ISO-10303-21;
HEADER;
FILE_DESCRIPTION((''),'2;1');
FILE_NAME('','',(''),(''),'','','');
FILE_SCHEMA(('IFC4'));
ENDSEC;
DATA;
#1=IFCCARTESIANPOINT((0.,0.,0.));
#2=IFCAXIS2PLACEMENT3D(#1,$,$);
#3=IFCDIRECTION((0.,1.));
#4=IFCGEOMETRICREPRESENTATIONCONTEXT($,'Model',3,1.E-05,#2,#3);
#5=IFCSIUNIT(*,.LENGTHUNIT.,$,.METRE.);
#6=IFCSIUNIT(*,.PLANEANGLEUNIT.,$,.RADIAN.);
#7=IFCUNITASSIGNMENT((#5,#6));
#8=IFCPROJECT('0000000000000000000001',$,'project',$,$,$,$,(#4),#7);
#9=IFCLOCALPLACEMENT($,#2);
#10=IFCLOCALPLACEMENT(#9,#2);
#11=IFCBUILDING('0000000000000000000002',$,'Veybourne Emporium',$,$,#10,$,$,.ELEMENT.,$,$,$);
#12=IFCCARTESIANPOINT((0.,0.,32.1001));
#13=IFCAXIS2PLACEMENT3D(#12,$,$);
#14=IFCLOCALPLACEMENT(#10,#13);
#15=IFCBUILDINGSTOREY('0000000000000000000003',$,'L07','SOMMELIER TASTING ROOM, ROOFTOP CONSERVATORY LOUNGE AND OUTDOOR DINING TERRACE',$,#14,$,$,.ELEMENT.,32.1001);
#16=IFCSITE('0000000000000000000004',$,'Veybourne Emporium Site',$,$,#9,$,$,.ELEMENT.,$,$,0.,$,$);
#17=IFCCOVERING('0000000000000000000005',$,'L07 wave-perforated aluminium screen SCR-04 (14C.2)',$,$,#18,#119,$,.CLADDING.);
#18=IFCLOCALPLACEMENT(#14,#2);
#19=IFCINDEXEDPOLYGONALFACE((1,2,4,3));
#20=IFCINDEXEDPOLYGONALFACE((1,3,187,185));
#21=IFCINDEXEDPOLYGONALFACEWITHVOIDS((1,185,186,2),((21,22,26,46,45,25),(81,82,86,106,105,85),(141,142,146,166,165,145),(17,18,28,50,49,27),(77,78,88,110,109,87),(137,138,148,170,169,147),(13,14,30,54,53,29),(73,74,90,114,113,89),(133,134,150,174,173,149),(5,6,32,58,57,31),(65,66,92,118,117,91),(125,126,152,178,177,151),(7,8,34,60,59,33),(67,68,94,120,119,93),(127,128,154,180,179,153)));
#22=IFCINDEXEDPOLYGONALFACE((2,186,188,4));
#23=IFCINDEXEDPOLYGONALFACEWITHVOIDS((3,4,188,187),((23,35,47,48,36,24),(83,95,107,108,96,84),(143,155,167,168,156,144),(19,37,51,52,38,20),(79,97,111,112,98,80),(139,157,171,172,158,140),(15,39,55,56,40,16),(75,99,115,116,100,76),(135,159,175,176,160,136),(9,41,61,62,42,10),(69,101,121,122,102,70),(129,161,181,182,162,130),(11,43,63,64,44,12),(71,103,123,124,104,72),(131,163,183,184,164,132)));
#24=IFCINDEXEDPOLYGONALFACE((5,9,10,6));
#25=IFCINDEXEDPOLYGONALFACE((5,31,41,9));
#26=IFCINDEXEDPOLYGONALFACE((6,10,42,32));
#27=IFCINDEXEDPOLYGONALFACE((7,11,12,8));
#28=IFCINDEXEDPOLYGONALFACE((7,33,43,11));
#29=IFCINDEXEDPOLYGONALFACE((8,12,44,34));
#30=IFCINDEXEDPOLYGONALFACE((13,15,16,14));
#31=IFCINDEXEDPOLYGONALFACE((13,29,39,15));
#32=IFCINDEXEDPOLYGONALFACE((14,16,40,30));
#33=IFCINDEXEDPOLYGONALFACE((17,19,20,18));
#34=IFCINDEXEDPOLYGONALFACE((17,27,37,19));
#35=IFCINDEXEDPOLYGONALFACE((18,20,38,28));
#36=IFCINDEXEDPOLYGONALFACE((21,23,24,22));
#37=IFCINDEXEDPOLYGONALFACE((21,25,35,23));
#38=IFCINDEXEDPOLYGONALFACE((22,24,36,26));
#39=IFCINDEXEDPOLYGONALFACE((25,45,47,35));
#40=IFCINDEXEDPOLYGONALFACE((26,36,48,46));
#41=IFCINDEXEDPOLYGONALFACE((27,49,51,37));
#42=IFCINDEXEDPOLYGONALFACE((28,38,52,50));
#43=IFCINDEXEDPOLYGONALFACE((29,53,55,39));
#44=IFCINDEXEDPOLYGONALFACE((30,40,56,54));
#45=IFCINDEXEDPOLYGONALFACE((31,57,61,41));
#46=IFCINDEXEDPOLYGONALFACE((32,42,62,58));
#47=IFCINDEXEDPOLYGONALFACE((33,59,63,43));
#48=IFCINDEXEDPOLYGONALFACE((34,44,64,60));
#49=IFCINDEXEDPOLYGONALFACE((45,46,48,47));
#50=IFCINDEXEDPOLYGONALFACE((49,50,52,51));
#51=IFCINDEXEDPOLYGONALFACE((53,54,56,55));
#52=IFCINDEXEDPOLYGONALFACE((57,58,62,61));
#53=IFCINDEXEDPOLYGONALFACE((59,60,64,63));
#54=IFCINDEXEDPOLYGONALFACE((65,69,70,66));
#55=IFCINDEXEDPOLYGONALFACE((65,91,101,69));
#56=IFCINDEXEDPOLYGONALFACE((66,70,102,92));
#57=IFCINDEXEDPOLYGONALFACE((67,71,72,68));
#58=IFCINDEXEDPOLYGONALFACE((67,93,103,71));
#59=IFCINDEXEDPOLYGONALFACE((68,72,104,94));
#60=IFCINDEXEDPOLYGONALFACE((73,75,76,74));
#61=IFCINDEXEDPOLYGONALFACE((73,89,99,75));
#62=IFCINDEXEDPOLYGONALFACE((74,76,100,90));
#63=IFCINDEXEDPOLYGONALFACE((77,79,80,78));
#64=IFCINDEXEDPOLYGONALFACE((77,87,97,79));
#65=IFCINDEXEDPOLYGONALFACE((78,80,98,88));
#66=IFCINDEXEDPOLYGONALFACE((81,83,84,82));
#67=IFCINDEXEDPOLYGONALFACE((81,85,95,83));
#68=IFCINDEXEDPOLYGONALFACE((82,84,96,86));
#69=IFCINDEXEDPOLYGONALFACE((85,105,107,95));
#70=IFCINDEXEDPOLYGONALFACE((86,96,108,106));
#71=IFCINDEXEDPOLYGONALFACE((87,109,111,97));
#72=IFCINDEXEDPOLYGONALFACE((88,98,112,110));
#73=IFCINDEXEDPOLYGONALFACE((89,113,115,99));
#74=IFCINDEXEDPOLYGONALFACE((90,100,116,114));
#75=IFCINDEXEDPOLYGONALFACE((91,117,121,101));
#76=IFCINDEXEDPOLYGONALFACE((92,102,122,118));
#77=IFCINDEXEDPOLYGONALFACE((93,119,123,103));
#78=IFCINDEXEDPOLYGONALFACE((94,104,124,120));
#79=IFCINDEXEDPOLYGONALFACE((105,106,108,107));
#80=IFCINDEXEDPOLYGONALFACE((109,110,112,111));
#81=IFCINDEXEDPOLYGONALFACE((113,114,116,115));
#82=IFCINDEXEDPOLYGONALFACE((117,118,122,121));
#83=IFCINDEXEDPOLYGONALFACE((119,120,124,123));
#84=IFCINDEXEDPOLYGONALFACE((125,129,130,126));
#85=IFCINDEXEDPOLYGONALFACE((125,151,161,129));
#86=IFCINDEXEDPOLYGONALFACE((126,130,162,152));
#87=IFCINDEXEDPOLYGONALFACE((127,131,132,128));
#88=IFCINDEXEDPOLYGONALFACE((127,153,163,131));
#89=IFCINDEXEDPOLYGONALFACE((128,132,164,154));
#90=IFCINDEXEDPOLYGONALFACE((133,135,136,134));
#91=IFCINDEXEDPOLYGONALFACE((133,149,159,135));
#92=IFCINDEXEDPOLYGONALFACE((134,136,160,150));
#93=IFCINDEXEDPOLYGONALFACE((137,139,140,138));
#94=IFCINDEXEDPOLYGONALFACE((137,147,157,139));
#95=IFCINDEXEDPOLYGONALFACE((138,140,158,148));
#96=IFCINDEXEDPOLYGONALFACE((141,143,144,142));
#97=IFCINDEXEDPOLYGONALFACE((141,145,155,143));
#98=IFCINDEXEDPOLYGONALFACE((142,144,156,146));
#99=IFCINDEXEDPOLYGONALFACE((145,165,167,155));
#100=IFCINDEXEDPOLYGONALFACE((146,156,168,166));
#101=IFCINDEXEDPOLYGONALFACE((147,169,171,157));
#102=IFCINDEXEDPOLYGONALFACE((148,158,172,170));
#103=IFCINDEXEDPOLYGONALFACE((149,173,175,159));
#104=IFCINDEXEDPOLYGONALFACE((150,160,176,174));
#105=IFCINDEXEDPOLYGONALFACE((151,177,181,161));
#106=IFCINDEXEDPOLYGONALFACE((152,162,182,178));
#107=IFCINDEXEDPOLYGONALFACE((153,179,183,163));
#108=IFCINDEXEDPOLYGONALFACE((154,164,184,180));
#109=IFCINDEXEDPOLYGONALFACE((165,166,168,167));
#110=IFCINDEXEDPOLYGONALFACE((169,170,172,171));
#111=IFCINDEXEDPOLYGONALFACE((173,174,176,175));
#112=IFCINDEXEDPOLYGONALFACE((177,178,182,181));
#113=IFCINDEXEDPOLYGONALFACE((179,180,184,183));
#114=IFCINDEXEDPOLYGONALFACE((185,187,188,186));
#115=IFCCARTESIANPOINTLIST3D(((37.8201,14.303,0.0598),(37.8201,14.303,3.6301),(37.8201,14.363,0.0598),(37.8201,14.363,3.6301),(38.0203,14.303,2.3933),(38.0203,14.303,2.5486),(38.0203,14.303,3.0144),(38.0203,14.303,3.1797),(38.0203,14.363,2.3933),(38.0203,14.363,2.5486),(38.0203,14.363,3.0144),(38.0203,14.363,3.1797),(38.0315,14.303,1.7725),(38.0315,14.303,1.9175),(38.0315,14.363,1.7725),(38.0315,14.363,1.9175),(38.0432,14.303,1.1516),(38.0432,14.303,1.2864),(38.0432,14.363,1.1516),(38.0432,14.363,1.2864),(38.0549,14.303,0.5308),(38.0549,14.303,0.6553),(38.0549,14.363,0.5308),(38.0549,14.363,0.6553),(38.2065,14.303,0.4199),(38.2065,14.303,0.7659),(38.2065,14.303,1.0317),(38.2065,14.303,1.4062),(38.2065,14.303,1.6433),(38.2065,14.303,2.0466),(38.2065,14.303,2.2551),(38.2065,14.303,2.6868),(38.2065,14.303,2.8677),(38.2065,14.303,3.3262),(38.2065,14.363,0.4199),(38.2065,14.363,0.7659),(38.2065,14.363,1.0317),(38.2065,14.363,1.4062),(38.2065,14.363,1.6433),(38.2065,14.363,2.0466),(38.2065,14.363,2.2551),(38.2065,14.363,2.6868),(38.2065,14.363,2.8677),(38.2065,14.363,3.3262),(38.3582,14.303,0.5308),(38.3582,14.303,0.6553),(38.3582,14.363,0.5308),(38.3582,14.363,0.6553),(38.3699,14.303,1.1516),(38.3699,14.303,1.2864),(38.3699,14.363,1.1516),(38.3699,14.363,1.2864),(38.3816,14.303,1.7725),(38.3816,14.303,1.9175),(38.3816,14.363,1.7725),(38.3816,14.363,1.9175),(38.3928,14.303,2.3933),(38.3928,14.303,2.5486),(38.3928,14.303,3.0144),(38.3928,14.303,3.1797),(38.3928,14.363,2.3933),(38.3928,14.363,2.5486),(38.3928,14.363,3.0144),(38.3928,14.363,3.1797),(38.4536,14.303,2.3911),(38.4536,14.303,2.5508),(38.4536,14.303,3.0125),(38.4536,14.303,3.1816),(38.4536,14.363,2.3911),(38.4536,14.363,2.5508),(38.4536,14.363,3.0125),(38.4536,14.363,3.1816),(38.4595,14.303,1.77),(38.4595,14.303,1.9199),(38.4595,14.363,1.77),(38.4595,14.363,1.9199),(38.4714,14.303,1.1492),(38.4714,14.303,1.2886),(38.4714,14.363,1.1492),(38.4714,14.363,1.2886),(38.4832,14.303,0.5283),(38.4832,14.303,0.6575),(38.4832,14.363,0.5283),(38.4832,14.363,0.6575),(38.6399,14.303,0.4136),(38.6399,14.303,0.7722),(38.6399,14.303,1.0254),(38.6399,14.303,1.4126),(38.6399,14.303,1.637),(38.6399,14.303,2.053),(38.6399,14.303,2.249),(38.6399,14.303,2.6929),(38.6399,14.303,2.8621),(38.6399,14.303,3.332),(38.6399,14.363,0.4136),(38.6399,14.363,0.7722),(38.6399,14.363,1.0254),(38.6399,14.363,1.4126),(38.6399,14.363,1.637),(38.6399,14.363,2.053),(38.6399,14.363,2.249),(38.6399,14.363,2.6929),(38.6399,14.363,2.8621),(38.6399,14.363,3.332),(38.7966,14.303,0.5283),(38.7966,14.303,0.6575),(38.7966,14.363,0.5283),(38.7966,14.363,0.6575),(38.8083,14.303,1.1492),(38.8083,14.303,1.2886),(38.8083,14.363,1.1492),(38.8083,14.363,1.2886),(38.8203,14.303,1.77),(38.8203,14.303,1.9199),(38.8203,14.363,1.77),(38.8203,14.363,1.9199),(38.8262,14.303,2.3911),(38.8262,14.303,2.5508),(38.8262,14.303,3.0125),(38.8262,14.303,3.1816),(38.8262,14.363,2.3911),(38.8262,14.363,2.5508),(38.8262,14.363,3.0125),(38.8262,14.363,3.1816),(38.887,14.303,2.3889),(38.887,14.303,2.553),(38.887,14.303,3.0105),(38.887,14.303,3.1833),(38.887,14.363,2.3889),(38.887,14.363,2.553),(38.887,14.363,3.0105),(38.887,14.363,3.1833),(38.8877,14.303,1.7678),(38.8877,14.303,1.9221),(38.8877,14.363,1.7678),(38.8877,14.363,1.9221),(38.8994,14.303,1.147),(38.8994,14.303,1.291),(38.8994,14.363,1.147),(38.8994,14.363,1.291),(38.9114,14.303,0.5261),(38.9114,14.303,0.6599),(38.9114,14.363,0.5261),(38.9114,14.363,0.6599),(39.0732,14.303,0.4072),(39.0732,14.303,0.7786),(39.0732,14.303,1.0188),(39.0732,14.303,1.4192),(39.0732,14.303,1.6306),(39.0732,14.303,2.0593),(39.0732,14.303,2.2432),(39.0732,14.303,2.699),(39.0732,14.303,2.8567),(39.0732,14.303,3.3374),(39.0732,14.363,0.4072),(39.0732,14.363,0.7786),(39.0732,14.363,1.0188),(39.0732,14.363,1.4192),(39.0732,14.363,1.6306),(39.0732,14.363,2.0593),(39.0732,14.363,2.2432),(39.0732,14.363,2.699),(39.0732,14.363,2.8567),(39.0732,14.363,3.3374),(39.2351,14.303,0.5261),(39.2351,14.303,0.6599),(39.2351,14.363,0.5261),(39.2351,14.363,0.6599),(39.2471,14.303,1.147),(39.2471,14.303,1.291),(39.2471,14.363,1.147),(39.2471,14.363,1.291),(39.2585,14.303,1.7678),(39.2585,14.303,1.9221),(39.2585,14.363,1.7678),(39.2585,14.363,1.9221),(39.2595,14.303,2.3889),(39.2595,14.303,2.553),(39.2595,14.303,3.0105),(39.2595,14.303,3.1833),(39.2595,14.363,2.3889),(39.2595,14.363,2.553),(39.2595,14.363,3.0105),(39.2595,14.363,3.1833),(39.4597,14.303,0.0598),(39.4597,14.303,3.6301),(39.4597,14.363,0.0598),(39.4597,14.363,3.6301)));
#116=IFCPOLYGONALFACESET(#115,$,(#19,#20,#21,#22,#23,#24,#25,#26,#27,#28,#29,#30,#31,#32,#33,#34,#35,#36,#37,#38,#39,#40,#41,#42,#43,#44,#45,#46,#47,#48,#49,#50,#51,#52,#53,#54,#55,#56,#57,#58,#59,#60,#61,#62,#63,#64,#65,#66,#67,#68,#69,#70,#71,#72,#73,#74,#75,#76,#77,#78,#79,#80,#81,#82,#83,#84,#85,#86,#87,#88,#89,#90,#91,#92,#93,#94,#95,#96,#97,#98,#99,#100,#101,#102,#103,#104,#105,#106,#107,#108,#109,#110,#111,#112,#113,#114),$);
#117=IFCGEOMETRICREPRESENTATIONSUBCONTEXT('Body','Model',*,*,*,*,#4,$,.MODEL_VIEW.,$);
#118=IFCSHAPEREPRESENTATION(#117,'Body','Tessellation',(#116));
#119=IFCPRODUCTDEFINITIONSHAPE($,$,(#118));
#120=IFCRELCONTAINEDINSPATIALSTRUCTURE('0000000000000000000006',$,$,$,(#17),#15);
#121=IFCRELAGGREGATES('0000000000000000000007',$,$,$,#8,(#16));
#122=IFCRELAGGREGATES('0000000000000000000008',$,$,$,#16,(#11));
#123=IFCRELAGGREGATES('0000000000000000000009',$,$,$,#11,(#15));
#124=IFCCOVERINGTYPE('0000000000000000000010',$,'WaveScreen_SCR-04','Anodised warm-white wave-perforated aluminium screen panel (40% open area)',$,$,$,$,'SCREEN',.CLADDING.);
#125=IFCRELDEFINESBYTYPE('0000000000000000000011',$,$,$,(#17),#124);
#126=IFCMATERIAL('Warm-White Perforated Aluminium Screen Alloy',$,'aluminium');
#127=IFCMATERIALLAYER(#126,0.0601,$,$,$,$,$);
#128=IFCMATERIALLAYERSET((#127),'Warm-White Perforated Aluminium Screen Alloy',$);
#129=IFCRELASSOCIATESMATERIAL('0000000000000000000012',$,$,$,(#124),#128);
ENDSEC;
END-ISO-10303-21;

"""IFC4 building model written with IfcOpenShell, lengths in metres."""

from ifc_helpers import new_model, si_unit, direction, frame, origin, place, context, subcontext, project, spatial, polyline, outline, extrude, material, layer, layer_set, type_object, element, save


model = new_model("IFC4")

# Units and contexts
model_context = context("Model", 3, precision=1e-05, world=origin(), true_north=direction((0.0, 1.0)))
body_context = subcontext(model_context, "Body", "Model", "MODEL_VIEW")
ifc_project = project(units=[si_unit("LENGTHUNIT", "METRE"), si_unit("PLANEANGLEUNIT", "RADIAN")], contexts=[model_context])

# Site, building, storey
site_placement = place(None, origin())
site = spatial("IfcSite", under=ifc_project, at=site_placement, Name="Veybourne Emporium Site", CompositionType="ELEMENT", RefElevation=0.0)
building_placement = place(site_placement, origin())
building = spatial("IfcBuilding", under=site, at=building_placement, Name="Veybourne Emporium", CompositionType="ELEMENT")
storey_placement = place(building_placement, frame((0.0, 0.0, 32.1001)))
storey = spatial("IfcBuildingStorey", under=building, at=storey_placement, Name="L07", Description="SOMMELIER TASTING ROOM, ROOFTOP CONSERVATORY LOUNGE AND OUTDOOR DINING TERRACE", CompositionType="ELEMENT", Elevation=32.1001)

# Covering
ifc_material_1 = material(Name="Warm-White Perforated Aluminium Screen Alloy", Category="aluminium")
ifc_layer_1 = layer(ifc_material_1, 0.0601)
ifc_layer_set_1 = layer_set([ifc_layer_1], Name="Warm-White Perforated Aluminium Screen Alloy")
covering_type_1 = type_object("IfcCoveringType", Name="WaveScreen_SCR-04", Description="Anodised warm-white wave-perforated aluminium screen panel (40% open area)", ElementType="SCREEN", PredefinedType="CLADDING", material=ifc_layer_set_1)
covering_1_placement = place(storey_placement, frame((38.6399, 14.303, 1.845), z_axis=(0.0, 1.0, 0.0), x_axis=(-1.0, 0.0, 0.0)))
element("IfcCovering", 1, at=covering_1_placement, inside=storey, type_object=covering_type_1, Name="L07 wave-perforated aluminium screen SCR-04 (14C.2)", PredefinedType="CLADDING", context=body_context, shape_type="SweptSolid", body=[
    extrude(outline(polyline([(-0.8198, -1.7852), (0.8198, -1.7852), (0.8198, 1.7852), (-0.8198, 1.7852), (-0.8198, -1.7852)]), holes=[polyline([(-0.4333, -1.0664), (-0.2715, -1.1851), (-0.2715, -1.3188), (-0.4333, -1.4377), (-0.5952, -1.3188), (-0.5952, -1.1851), (-0.4333, -1.0664)]), polyline([(-0.4333, -0.4258), (-0.2595, -0.554), (-0.2595, -0.698), (-0.4333, -0.8262), (-0.6072, -0.698), (-0.6072, -0.554), (-0.4333, -0.4258)]), polyline([(-0.4333, 0.2144), (-0.2478, 0.0771), (-0.2478, -0.0771), (-0.4333, -0.2144), (-0.6187, -0.0771), (-0.6187, 0.0771), (-0.4333, 0.2144)]), polyline([(-0.4333, 0.854), (-0.2471, 0.708), (-0.2471, 0.5439), (-0.4333, 0.3982), (-0.6196, 0.5439), (-0.6196, 0.708), (-0.4333, 0.854)]), polyline([(-0.4333, 1.4924), (-0.2471, 1.3384), (-0.2471, 1.1655), (-0.4333, 1.0117), (-0.6196, 1.1655), (-0.6196, 1.3384), (-0.4333, 1.4924)]), polyline([(0.0, -1.0728), (0.1567, -1.1875), (0.1567, -1.3167), (0.0, -1.4314), (-0.1567, -1.3167), (-0.1567, -1.1875), (0.0, -1.0728)]), polyline([(0.0, -0.4324), (0.1685, -0.5564), (0.1685, -0.6958), (0.0, -0.8196), (-0.1685, -0.6958), (-0.1685, -0.5564), (0.0, -0.4324)]), polyline([(0.0, 0.208), (0.1804, 0.075), (0.1804, -0.075), (0.0, -0.208), (-0.1804, -0.075), (-0.1804, 0.075), (0.0, 0.208)]), polyline([(0.0, 0.8479), (0.1863, 0.7058), (0.1863, 0.5461), (0.0, 0.4041), (-0.1863, 0.5461), (-0.1863, 0.7058), (0.0, 0.8479)]), polyline([(0.0, 1.4871), (0.1863, 1.3367), (0.1863, 1.1675), (0.0, 1.0171), (-0.1863, 1.1675), (-0.1863, 1.3367), (0.0, 1.4871)]), polyline([(0.4333, -1.0791), (0.585, -1.1897), (0.585, -1.3142), (0.4333, -1.425), (0.2817, -1.3142), (0.2817, -1.1897), (0.4333, -1.0791)]), polyline([(0.4333, -0.4387), (0.5967, -0.5586), (0.5967, -0.6934), (0.4333, -0.8132), (0.27, -0.6934), (0.27, -0.5586), (0.4333, -0.4387)]), polyline([(0.4333, 0.2017), (0.6084, 0.0725), (0.6084, -0.0725), (0.4333, -0.2017), (0.2583, -0.0725), (0.2583, 0.0725), (0.4333, 0.2017)]), polyline([(0.4333, 0.8418), (0.6196, 0.7036), (0.6196, 0.5483), (0.4333, 0.4102), (0.2471, 0.5483), (0.2471, 0.7036), (0.4333, 0.8418)]), polyline([(0.4333, 1.4812), (0.6196, 1.3347), (0.6196, 1.1694), (0.4333, 1.0227), (0.2471, 1.1694), (0.2471, 1.3347), (0.4333, 1.4812)])]), origin(), (0.0, 0.0, 1.0), 0.0601),
])

save(model, "model.ifc")
